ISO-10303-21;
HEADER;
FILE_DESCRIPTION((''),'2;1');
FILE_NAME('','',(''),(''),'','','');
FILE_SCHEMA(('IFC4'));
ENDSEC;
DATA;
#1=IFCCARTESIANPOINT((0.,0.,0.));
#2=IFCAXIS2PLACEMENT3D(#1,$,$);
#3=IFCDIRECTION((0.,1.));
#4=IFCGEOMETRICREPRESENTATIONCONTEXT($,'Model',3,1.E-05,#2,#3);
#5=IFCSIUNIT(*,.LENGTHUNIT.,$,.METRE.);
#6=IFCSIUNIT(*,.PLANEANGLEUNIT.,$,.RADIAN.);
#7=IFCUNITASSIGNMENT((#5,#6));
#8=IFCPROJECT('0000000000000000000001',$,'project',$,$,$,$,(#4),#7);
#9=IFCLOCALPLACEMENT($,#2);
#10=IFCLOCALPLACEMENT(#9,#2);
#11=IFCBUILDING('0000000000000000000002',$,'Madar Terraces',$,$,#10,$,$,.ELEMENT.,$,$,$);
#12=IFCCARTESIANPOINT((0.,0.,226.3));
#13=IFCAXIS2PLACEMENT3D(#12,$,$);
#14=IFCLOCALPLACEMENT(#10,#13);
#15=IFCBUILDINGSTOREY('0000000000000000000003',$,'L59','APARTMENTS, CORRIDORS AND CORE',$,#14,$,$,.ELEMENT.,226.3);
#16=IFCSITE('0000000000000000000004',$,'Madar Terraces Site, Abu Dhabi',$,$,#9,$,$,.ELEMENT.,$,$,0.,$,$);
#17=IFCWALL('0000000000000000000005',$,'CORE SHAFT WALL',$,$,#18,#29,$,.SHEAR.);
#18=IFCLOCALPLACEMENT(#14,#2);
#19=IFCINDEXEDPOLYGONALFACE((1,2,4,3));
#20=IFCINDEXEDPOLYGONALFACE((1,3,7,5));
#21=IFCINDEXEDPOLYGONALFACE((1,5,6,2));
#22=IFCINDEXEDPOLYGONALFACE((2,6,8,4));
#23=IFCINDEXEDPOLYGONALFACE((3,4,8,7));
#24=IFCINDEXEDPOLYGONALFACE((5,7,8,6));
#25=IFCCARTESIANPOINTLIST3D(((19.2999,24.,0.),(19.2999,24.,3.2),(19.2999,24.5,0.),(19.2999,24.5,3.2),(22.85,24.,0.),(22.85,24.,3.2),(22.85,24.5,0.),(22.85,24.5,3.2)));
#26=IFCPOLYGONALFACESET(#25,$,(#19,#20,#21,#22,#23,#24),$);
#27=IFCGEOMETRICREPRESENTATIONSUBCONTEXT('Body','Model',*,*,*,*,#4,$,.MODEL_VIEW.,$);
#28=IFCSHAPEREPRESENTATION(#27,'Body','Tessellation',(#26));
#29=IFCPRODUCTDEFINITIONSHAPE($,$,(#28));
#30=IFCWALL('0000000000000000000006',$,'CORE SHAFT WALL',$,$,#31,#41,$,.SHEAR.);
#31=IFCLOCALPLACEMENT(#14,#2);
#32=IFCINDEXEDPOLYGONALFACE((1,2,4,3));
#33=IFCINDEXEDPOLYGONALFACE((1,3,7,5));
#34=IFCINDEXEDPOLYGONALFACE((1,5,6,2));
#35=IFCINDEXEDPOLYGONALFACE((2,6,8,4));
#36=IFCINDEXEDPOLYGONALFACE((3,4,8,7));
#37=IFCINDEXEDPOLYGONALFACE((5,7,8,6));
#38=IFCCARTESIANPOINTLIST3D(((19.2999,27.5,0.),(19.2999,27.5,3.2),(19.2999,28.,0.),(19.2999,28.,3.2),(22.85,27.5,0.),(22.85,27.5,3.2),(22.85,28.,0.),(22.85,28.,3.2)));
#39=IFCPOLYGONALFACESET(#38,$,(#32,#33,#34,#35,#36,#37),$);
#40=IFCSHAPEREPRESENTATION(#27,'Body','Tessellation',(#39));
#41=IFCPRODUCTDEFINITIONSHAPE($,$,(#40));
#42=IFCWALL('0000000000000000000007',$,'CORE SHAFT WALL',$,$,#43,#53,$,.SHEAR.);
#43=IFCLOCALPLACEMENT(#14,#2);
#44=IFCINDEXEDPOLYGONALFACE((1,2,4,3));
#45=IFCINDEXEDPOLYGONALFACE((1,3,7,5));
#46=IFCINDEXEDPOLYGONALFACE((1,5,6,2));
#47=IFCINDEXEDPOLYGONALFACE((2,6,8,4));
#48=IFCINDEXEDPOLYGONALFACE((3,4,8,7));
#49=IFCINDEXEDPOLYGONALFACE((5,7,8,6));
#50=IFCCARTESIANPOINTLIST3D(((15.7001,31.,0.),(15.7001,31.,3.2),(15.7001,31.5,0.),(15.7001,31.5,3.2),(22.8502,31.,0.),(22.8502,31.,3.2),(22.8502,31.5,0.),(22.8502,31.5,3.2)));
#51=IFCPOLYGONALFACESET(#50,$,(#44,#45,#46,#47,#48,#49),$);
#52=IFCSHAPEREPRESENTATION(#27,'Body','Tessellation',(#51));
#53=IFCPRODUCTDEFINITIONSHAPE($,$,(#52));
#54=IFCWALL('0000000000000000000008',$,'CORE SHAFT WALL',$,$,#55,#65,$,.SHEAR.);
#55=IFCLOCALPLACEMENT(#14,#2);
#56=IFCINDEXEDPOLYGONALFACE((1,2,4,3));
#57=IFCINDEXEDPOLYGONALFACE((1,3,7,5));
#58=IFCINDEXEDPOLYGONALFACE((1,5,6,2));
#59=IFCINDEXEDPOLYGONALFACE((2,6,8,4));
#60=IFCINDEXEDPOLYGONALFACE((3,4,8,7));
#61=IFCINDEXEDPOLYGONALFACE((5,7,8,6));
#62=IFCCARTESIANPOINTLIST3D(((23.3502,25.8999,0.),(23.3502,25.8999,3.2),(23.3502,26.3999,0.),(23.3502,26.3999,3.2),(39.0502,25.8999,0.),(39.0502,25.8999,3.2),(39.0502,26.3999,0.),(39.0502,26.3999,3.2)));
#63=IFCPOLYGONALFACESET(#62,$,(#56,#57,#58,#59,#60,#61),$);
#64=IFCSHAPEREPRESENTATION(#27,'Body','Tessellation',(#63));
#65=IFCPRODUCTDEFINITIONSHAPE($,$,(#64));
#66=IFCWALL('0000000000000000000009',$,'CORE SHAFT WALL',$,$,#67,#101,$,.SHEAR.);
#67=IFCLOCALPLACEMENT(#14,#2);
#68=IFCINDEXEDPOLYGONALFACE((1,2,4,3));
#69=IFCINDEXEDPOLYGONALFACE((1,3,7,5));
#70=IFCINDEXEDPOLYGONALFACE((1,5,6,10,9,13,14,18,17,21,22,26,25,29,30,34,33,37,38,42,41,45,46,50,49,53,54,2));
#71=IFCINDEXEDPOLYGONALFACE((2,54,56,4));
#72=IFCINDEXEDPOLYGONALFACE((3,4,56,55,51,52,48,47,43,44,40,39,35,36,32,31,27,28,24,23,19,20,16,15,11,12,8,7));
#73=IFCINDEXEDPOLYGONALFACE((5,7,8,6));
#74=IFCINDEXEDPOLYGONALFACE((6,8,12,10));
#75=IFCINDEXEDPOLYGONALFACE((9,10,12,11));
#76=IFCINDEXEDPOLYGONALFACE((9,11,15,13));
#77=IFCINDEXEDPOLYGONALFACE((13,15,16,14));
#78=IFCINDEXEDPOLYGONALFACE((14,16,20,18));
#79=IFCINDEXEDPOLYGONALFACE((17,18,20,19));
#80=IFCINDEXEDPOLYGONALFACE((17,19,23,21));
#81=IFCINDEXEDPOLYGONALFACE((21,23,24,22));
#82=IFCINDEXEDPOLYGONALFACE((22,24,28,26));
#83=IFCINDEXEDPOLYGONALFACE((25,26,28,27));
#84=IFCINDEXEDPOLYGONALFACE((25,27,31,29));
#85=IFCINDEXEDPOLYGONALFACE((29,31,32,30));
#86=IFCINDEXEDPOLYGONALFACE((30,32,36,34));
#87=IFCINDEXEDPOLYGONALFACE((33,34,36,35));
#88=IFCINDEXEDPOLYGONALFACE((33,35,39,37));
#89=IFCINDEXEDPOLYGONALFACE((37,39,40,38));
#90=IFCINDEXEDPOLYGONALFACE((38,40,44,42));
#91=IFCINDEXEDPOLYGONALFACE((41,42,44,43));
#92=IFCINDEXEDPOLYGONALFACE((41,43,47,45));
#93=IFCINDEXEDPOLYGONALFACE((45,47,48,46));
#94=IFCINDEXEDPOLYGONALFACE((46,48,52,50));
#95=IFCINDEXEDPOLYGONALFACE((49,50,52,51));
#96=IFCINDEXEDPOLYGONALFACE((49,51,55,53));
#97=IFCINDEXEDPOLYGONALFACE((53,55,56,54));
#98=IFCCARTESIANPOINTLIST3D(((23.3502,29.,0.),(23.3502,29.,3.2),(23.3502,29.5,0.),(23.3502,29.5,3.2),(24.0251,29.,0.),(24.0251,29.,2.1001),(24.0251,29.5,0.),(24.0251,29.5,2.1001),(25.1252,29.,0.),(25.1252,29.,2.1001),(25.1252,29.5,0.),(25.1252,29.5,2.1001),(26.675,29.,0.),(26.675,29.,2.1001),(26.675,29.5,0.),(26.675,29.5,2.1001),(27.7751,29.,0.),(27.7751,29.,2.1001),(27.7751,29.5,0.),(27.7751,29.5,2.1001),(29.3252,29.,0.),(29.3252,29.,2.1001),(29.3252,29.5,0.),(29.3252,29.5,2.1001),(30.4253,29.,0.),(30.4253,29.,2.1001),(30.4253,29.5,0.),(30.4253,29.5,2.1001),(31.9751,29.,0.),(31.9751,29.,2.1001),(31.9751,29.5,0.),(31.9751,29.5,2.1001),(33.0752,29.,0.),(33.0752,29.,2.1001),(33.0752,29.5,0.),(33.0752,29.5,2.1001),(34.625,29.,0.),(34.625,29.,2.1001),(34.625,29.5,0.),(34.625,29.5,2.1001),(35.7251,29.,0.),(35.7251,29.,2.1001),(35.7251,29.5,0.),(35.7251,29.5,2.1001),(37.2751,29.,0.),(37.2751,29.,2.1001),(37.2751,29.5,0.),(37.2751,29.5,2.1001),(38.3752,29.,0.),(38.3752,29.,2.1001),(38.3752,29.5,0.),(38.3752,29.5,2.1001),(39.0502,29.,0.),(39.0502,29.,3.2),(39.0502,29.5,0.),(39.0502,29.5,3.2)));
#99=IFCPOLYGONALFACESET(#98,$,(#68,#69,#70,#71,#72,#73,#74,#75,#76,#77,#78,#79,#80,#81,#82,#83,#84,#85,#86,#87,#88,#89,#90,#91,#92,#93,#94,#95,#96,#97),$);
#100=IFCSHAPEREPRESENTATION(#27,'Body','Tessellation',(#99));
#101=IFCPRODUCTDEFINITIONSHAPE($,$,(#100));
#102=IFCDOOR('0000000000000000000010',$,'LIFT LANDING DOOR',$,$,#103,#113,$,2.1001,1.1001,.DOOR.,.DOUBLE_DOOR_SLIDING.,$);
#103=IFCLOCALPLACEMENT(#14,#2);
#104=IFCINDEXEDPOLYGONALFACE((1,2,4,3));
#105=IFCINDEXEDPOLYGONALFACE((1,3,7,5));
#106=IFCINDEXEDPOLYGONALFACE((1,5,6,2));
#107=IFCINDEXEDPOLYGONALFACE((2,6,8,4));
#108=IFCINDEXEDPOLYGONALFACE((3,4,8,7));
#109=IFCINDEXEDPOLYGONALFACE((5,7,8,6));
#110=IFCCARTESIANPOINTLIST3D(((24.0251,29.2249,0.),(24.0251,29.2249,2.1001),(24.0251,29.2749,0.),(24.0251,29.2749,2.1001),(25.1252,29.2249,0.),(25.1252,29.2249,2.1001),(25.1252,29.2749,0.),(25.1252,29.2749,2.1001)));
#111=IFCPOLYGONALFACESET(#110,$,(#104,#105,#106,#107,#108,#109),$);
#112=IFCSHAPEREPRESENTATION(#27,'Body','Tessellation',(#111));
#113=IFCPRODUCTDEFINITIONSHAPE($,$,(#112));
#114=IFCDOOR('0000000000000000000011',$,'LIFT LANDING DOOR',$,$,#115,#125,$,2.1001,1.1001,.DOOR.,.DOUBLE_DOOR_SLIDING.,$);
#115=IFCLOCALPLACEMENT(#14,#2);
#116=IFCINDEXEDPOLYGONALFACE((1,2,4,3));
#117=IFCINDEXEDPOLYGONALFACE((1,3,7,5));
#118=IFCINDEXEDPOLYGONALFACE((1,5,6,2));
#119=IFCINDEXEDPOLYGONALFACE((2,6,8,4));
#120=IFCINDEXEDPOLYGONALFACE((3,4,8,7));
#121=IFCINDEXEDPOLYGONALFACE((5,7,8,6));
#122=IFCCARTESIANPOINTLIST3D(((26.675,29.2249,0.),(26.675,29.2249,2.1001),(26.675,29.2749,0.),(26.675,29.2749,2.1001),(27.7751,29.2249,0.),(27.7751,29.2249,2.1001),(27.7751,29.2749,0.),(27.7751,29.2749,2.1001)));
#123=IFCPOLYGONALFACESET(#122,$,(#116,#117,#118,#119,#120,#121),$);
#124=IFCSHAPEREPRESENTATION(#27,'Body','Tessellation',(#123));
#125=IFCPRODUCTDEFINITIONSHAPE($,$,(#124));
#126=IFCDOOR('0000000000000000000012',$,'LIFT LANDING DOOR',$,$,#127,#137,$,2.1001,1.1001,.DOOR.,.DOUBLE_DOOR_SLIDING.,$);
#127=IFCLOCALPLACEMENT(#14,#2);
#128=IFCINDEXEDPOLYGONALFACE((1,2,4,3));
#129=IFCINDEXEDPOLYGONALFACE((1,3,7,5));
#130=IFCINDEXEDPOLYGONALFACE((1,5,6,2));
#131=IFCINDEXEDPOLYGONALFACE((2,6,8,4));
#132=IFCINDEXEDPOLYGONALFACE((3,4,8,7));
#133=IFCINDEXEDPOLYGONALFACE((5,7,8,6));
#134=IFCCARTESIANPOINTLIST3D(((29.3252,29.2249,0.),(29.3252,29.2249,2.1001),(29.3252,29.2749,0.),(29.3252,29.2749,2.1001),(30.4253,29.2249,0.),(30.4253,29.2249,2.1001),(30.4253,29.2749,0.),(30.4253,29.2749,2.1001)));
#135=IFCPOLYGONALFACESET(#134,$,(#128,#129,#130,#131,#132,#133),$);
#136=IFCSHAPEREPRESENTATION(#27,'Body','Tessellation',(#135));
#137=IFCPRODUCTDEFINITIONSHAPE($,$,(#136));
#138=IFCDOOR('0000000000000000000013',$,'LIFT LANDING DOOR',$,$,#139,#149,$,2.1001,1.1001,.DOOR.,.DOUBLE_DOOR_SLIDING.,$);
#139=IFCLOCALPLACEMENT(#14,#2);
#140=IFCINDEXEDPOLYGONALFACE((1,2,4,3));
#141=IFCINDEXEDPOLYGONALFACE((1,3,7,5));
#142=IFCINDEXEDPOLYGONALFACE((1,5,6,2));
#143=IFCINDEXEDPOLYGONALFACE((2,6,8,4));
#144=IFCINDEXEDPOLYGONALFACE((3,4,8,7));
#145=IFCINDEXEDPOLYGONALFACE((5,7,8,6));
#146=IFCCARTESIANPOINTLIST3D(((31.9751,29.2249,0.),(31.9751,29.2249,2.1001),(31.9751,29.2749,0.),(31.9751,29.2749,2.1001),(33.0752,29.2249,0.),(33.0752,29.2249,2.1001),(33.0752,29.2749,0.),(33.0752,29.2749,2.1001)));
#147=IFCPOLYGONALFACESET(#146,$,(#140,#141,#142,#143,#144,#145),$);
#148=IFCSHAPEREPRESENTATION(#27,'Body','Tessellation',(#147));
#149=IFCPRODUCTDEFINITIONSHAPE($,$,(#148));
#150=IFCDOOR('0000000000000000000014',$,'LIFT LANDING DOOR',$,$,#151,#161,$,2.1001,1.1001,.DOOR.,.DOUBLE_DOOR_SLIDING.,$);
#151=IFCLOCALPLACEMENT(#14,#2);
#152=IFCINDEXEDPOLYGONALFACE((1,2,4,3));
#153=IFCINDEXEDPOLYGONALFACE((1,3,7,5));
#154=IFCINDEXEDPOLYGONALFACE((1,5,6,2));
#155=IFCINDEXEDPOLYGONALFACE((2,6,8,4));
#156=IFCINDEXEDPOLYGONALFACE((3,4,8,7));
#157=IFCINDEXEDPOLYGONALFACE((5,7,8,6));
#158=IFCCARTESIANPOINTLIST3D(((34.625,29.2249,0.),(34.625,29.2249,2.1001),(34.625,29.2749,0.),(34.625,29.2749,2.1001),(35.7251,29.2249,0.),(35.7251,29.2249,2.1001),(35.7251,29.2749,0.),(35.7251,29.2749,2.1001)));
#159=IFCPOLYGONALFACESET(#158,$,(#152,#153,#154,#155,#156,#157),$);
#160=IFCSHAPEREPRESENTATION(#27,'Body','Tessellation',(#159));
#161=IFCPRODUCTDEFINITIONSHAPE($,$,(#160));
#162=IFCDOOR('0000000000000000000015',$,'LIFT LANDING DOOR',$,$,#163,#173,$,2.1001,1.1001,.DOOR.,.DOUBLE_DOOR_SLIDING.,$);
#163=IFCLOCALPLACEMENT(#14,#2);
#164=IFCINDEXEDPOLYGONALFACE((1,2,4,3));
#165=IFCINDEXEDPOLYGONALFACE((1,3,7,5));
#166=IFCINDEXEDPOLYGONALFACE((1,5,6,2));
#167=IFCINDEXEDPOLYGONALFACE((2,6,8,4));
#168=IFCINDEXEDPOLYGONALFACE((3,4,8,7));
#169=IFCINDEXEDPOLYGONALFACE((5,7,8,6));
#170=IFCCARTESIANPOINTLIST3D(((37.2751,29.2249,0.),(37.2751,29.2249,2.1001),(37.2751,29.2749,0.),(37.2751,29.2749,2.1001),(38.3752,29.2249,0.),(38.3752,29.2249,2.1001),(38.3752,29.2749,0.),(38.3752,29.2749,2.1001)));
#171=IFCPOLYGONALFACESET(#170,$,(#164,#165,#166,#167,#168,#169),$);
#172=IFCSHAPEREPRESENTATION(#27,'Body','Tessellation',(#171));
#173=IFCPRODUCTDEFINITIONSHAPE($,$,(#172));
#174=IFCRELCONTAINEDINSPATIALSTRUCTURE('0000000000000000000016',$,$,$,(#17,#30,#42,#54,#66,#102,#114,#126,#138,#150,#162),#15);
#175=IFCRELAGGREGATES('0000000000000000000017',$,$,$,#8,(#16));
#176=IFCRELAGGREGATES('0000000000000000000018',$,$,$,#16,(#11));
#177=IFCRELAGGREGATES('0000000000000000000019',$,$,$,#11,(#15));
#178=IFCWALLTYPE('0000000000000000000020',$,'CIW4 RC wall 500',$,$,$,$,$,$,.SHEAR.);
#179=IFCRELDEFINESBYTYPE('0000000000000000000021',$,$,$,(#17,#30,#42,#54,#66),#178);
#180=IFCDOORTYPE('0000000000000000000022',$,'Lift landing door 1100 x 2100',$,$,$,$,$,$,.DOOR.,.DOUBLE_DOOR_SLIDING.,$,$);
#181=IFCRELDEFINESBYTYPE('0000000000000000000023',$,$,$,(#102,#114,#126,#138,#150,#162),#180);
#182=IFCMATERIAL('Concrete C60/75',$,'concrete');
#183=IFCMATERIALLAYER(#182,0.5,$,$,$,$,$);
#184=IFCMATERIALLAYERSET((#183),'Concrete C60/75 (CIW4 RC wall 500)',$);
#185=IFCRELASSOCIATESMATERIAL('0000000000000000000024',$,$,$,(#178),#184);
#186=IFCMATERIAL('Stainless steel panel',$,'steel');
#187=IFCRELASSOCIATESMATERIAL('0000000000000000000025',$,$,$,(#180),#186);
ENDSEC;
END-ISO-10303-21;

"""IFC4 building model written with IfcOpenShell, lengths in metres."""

from ifc_helpers import new_model, si_unit, direction, frame, frame_2d, origin, place, context, subcontext, project, spatial, rectangle, extrude, material, layer, layer_set, type_object, element, fill, save


model = new_model("IFC4")

# Units and contexts
model_context = context("Model", 3, precision=1e-05, world=origin(), true_north=direction((0.0, 1.0)))
body_context = subcontext(model_context, "Body", "Model", "MODEL_VIEW")
ifc_project = project(units=[si_unit("LENGTHUNIT", "METRE"), si_unit("PLANEANGLEUNIT", "RADIAN")], contexts=[model_context])

# Site, building, storey
site_placement = place(None, origin())
site = spatial("IfcSite", under=ifc_project, at=site_placement, Name="Madar Terraces Site, Abu Dhabi", CompositionType="ELEMENT", RefElevation=0.0)
building_placement = place(site_placement, origin())
building = spatial("IfcBuilding", under=site, at=building_placement, Name="Madar Terraces", CompositionType="ELEMENT")
storey_placement = place(building_placement, frame((0.0, 0.0, 226.3)))
storey = spatial("IfcBuildingStorey", under=building, at=storey_placement, Name="L59", Description="APARTMENTS, CORRIDORS AND CORE", CompositionType="ELEMENT", Elevation=226.3)

# Walls
ifc_material_1 = material(Name="Concrete C60/75", Category="concrete")
ifc_layer_1 = layer(ifc_material_1, 0.5)
ifc_layer_set_1 = layer_set([ifc_layer_1], Name="Concrete C60/75 (CIW4 RC wall 500)")
wall_type_1 = type_object("IfcWallType", Name="CIW4 RC wall 500", PredefinedType="SHEAR", material=ifc_layer_set_1)
for number, where, z_axis, x_axis, name in (
    (1, (19.3, 24.25, 0.0), (0.0, 0.0, 1.0), (1.0, 0.0, 0.0), "CORE SHAFT WALL"),
    (2, (19.3, 27.75, 0.0), (0.0, 0.0, 1.0), (1.0, 0.0, 0.0), "CORE SHAFT WALL"),
):
    element("IfcWall", number, at=place(storey_placement, frame(where, z_axis=z_axis, x_axis=x_axis)), inside=storey, type_object=wall_type_1, Name=name, PredefinedType="SHEAR", context=body_context, shape_type="SweptSolid", body=[
        extrude(rectangle(XDim=3.55, YDim=0.5, at=frame_2d((1.7749, 0.0))), origin(), (0.0, 0.0, 1.0), 3.2),
    ])
wall_1_placement = place(storey_placement, frame((15.7, 31.25, 0.0), z_axis=(0.0, 0.0, 1.0), x_axis=(1.0, 0.0, 0.0)))
element("IfcWall", 3, at=wall_1_placement, inside=storey, type_object=wall_type_1, Name="CORE SHAFT WALL", PredefinedType="SHEAR", context=body_context, shape_type="SweptSolid", body=[
    extrude(rectangle(XDim=7.1501, YDim=0.5, at=frame_2d((3.5752, 0.0))), origin(), (0.0, 0.0, 1.0), 3.2),
])
wall_2_placement = place(storey_placement, frame((23.3501, 26.1499, 0.0), z_axis=(0.0, 0.0, 1.0), x_axis=(1.0, 0.0, 0.0)))
element("IfcWall", 4, at=wall_2_placement, inside=storey, type_object=wall_type_1, Name="CORE SHAFT WALL", PredefinedType="SHEAR", context=body_context, shape_type="SweptSolid", body=[
    extrude(rectangle(XDim=15.7, YDim=0.5, at=frame_2d((7.8501, 0.0))), origin(), (0.0, 0.0, 1.0), 3.2),
])

# Wall, openings, doors
wall_3_placement = place(storey_placement, frame((23.3501, 29.25, 0.0), z_axis=(0.0, 0.0, 1.0), x_axis=(1.0, 0.0, 0.0)))
wall_3 = element("IfcWall", 5, at=wall_3_placement, inside=storey, type_object=wall_type_1, Name="CORE SHAFT WALL", PredefinedType="SHEAR", context=body_context, shape_type="SweptSolid", body=[
    extrude(rectangle(XDim=15.7, YDim=0.5, at=frame_2d((7.8501, 0.0))), origin(), (0.0, 0.0, 1.0), 3.2),
])
opening_1_placement = place(wall_3_placement, frame((0.675, 0.0, 0.0)))
opening_1 = element("IfcOpeningElement", 6, at=opening_1_placement, cuts=wall_3, PredefinedType="OPENING", context=body_context, shape_type="SweptSolid", body=[
    extrude(rectangle(XDim=1.1001, YDim=2.1001, at=frame_2d((0.55, 1.05))), frame((0.0, 0.26, 0.0), z_axis=(0.0, -1.0, 0.0), x_axis=(1.0, 0.0, 0.0)), (0.0, 0.0, 1.0), 0.52),
])
opening_2_placement = place(wall_3_placement, frame((3.325, 0.0, 0.0)))
opening_2 = element("IfcOpeningElement", 7, at=opening_2_placement, cuts=wall_3, PredefinedType="OPENING", context=body_context, shape_type="SweptSolid", body=[
    extrude(rectangle(XDim=1.1001, YDim=2.1001, at=frame_2d((0.55, 1.05))), frame((0.0, 0.26, 0.0), z_axis=(0.0, -1.0, 0.0), x_axis=(1.0, 0.0, 0.0)), (0.0, 0.0, 1.0), 0.52),
])
opening_3_placement = place(wall_3_placement, frame((5.9751, 0.0, 0.0)))
opening_3 = element("IfcOpeningElement", 8, at=opening_3_placement, cuts=wall_3, PredefinedType="OPENING", context=body_context, shape_type="SweptSolid", body=[
    extrude(rectangle(XDim=1.1001, YDim=2.1001, at=frame_2d((0.55, 1.05))), frame((0.0, 0.26, 0.0), z_axis=(0.0, -1.0, 0.0), x_axis=(1.0, 0.0, 0.0)), (0.0, 0.0, 1.0), 0.52),
])
opening_4_placement = place(wall_3_placement, frame((8.625, 0.0, 0.0)))
opening_4 = element("IfcOpeningElement", 9, at=opening_4_placement, cuts=wall_3, PredefinedType="OPENING", context=body_context, shape_type="SweptSolid", body=[
    extrude(rectangle(XDim=1.1001, YDim=2.1001, at=frame_2d((0.55, 1.05))), frame((0.0, 0.26, 0.0), z_axis=(0.0, -1.0, 0.0), x_axis=(1.0, 0.0, 0.0)), (0.0, 0.0, 1.0), 0.52),
])
opening_5_placement = place(wall_3_placement, frame((11.2749, 0.0, 0.0)))
opening_5 = element("IfcOpeningElement", 10, at=opening_5_placement, cuts=wall_3, PredefinedType="OPENING", context=body_context, shape_type="SweptSolid", body=[
    extrude(rectangle(XDim=1.1001, YDim=2.1001, at=frame_2d((0.55, 1.05))), frame((0.0, 0.26, 0.0), z_axis=(0.0, -1.0, 0.0), x_axis=(1.0, 0.0, 0.0)), (0.0, 0.0, 1.0), 0.52),
])
opening_6_placement = place(wall_3_placement, frame((13.925, 0.0, 0.0)))
opening_6 = element("IfcOpeningElement", 11, at=opening_6_placement, cuts=wall_3, PredefinedType="OPENING", context=body_context, shape_type="SweptSolid", body=[
    extrude(rectangle(XDim=1.1001, YDim=2.1001, at=frame_2d((0.55, 1.05))), frame((0.0, 0.26, 0.0), z_axis=(0.0, -1.0, 0.0), x_axis=(1.0, 0.0, 0.0)), (0.0, 0.0, 1.0), 0.52),
])
ifc_material_2 = material(Name="Stainless steel panel", Category="steel")
door_type_1 = type_object("IfcDoorType", Name="Lift landing door 1100 x 2100", OperationType="DOUBLE_DOOR_SLIDING", PredefinedType="DOOR", material=ifc_material_2)
door_1_placement = place(opening_1_placement, origin())
door_1 = element("IfcDoor", 12, at=door_1_placement, inside=storey, type_object=door_type_1, Name="LIFT LANDING DOOR", OperationType="DOUBLE_DOOR_SLIDING", OverallHeight=2.1001, OverallWidth=1.1001, PredefinedType="DOOR", context=body_context, shape_type="SweptSolid", body=[
    extrude(rectangle(XDim=1.1001, YDim=2.1001, at=frame_2d((0.55, 1.05))), frame((0.0, 0.0249, 0.0), z_axis=(0.0, -1.0, 0.0), x_axis=(1.0, 0.0, 0.0)), (0.0, 0.0, 1.0), 0.05),
])
fill(opening_1, door_1)
door_2_placement = place(opening_2_placement, origin())
door_2 = element("IfcDoor", 13, at=door_2_placement, inside=storey, type_object=door_type_1, Name="LIFT LANDING DOOR", OperationType="DOUBLE_DOOR_SLIDING", OverallHeight=2.1001, OverallWidth=1.1001, PredefinedType="DOOR", context=body_context, shape_type="SweptSolid", body=[
    extrude(rectangle(XDim=1.1001, YDim=2.1001, at=frame_2d((0.55, 1.05))), frame((0.0, 0.0249, 0.0), z_axis=(0.0, -1.0, 0.0), x_axis=(1.0, 0.0, 0.0)), (0.0, 0.0, 1.0), 0.05),
])
fill(opening_2, door_2)
door_3_placement = place(opening_3_placement, origin())
door_3 = element("IfcDoor", 14, at=door_3_placement, inside=storey, type_object=door_type_1, Name="LIFT LANDING DOOR", OperationType="DOUBLE_DOOR_SLIDING", OverallHeight=2.1001, OverallWidth=1.1001, PredefinedType="DOOR", context=body_context, shape_type="SweptSolid", body=[
    extrude(rectangle(XDim=1.1001, YDim=2.1001, at=frame_2d((0.55, 1.05))), frame((0.0, 0.0249, 0.0), z_axis=(0.0, -1.0, 0.0), x_axis=(1.0, 0.0, 0.0)), (0.0, 0.0, 1.0), 0.05),
])
fill(opening_3, door_3)
door_4_placement = place(opening_4_placement, origin())
door_4 = element("IfcDoor", 15, at=door_4_placement, inside=storey, type_object=door_type_1, Name="LIFT LANDING DOOR", OperationType="DOUBLE_DOOR_SLIDING", OverallHeight=2.1001, OverallWidth=1.1001, PredefinedType="DOOR", context=body_context, shape_type="SweptSolid", body=[
    extrude(rectangle(XDim=1.1001, YDim=2.1001, at=frame_2d((0.55, 1.05))), frame((0.0, 0.0249, 0.0), z_axis=(0.0, -1.0, 0.0), x_axis=(1.0, 0.0, 0.0)), (0.0, 0.0, 1.0), 0.05),
])
fill(opening_4, door_4)
door_5_placement = place(opening_5_placement, origin())
door_5 = element("IfcDoor", 16, at=door_5_placement, inside=storey, type_object=door_type_1, Name="LIFT LANDING DOOR", OperationType="DOUBLE_DOOR_SLIDING", OverallHeight=2.1001, OverallWidth=1.1001, PredefinedType="DOOR", context=body_context, shape_type="SweptSolid", body=[
    extrude(rectangle(XDim=1.1001, YDim=2.1001, at=frame_2d((0.55, 1.05))), frame((0.0, 0.0249, 0.0), z_axis=(0.0, -1.0, 0.0), x_axis=(1.0, 0.0, 0.0)), (0.0, 0.0, 1.0), 0.05),
])
fill(opening_5, door_5)
door_6_placement = place(opening_6_placement, origin())
door_6 = element("IfcDoor", 17, at=door_6_placement, inside=storey, type_object=door_type_1, Name="LIFT LANDING DOOR", OperationType="DOUBLE_DOOR_SLIDING", OverallHeight=2.1001, OverallWidth=1.1001, PredefinedType="DOOR", context=body_context, shape_type="SweptSolid", body=[
    extrude(rectangle(XDim=1.1001, YDim=2.1001, at=frame_2d((0.55, 1.05))), frame((0.0, 0.0249, 0.0), z_axis=(0.0, -1.0, 0.0), x_axis=(1.0, 0.0, 0.0)), (0.0, 0.0, 1.0), 0.05),
])
fill(opening_6, door_6)

save(model, "model.ifc")
